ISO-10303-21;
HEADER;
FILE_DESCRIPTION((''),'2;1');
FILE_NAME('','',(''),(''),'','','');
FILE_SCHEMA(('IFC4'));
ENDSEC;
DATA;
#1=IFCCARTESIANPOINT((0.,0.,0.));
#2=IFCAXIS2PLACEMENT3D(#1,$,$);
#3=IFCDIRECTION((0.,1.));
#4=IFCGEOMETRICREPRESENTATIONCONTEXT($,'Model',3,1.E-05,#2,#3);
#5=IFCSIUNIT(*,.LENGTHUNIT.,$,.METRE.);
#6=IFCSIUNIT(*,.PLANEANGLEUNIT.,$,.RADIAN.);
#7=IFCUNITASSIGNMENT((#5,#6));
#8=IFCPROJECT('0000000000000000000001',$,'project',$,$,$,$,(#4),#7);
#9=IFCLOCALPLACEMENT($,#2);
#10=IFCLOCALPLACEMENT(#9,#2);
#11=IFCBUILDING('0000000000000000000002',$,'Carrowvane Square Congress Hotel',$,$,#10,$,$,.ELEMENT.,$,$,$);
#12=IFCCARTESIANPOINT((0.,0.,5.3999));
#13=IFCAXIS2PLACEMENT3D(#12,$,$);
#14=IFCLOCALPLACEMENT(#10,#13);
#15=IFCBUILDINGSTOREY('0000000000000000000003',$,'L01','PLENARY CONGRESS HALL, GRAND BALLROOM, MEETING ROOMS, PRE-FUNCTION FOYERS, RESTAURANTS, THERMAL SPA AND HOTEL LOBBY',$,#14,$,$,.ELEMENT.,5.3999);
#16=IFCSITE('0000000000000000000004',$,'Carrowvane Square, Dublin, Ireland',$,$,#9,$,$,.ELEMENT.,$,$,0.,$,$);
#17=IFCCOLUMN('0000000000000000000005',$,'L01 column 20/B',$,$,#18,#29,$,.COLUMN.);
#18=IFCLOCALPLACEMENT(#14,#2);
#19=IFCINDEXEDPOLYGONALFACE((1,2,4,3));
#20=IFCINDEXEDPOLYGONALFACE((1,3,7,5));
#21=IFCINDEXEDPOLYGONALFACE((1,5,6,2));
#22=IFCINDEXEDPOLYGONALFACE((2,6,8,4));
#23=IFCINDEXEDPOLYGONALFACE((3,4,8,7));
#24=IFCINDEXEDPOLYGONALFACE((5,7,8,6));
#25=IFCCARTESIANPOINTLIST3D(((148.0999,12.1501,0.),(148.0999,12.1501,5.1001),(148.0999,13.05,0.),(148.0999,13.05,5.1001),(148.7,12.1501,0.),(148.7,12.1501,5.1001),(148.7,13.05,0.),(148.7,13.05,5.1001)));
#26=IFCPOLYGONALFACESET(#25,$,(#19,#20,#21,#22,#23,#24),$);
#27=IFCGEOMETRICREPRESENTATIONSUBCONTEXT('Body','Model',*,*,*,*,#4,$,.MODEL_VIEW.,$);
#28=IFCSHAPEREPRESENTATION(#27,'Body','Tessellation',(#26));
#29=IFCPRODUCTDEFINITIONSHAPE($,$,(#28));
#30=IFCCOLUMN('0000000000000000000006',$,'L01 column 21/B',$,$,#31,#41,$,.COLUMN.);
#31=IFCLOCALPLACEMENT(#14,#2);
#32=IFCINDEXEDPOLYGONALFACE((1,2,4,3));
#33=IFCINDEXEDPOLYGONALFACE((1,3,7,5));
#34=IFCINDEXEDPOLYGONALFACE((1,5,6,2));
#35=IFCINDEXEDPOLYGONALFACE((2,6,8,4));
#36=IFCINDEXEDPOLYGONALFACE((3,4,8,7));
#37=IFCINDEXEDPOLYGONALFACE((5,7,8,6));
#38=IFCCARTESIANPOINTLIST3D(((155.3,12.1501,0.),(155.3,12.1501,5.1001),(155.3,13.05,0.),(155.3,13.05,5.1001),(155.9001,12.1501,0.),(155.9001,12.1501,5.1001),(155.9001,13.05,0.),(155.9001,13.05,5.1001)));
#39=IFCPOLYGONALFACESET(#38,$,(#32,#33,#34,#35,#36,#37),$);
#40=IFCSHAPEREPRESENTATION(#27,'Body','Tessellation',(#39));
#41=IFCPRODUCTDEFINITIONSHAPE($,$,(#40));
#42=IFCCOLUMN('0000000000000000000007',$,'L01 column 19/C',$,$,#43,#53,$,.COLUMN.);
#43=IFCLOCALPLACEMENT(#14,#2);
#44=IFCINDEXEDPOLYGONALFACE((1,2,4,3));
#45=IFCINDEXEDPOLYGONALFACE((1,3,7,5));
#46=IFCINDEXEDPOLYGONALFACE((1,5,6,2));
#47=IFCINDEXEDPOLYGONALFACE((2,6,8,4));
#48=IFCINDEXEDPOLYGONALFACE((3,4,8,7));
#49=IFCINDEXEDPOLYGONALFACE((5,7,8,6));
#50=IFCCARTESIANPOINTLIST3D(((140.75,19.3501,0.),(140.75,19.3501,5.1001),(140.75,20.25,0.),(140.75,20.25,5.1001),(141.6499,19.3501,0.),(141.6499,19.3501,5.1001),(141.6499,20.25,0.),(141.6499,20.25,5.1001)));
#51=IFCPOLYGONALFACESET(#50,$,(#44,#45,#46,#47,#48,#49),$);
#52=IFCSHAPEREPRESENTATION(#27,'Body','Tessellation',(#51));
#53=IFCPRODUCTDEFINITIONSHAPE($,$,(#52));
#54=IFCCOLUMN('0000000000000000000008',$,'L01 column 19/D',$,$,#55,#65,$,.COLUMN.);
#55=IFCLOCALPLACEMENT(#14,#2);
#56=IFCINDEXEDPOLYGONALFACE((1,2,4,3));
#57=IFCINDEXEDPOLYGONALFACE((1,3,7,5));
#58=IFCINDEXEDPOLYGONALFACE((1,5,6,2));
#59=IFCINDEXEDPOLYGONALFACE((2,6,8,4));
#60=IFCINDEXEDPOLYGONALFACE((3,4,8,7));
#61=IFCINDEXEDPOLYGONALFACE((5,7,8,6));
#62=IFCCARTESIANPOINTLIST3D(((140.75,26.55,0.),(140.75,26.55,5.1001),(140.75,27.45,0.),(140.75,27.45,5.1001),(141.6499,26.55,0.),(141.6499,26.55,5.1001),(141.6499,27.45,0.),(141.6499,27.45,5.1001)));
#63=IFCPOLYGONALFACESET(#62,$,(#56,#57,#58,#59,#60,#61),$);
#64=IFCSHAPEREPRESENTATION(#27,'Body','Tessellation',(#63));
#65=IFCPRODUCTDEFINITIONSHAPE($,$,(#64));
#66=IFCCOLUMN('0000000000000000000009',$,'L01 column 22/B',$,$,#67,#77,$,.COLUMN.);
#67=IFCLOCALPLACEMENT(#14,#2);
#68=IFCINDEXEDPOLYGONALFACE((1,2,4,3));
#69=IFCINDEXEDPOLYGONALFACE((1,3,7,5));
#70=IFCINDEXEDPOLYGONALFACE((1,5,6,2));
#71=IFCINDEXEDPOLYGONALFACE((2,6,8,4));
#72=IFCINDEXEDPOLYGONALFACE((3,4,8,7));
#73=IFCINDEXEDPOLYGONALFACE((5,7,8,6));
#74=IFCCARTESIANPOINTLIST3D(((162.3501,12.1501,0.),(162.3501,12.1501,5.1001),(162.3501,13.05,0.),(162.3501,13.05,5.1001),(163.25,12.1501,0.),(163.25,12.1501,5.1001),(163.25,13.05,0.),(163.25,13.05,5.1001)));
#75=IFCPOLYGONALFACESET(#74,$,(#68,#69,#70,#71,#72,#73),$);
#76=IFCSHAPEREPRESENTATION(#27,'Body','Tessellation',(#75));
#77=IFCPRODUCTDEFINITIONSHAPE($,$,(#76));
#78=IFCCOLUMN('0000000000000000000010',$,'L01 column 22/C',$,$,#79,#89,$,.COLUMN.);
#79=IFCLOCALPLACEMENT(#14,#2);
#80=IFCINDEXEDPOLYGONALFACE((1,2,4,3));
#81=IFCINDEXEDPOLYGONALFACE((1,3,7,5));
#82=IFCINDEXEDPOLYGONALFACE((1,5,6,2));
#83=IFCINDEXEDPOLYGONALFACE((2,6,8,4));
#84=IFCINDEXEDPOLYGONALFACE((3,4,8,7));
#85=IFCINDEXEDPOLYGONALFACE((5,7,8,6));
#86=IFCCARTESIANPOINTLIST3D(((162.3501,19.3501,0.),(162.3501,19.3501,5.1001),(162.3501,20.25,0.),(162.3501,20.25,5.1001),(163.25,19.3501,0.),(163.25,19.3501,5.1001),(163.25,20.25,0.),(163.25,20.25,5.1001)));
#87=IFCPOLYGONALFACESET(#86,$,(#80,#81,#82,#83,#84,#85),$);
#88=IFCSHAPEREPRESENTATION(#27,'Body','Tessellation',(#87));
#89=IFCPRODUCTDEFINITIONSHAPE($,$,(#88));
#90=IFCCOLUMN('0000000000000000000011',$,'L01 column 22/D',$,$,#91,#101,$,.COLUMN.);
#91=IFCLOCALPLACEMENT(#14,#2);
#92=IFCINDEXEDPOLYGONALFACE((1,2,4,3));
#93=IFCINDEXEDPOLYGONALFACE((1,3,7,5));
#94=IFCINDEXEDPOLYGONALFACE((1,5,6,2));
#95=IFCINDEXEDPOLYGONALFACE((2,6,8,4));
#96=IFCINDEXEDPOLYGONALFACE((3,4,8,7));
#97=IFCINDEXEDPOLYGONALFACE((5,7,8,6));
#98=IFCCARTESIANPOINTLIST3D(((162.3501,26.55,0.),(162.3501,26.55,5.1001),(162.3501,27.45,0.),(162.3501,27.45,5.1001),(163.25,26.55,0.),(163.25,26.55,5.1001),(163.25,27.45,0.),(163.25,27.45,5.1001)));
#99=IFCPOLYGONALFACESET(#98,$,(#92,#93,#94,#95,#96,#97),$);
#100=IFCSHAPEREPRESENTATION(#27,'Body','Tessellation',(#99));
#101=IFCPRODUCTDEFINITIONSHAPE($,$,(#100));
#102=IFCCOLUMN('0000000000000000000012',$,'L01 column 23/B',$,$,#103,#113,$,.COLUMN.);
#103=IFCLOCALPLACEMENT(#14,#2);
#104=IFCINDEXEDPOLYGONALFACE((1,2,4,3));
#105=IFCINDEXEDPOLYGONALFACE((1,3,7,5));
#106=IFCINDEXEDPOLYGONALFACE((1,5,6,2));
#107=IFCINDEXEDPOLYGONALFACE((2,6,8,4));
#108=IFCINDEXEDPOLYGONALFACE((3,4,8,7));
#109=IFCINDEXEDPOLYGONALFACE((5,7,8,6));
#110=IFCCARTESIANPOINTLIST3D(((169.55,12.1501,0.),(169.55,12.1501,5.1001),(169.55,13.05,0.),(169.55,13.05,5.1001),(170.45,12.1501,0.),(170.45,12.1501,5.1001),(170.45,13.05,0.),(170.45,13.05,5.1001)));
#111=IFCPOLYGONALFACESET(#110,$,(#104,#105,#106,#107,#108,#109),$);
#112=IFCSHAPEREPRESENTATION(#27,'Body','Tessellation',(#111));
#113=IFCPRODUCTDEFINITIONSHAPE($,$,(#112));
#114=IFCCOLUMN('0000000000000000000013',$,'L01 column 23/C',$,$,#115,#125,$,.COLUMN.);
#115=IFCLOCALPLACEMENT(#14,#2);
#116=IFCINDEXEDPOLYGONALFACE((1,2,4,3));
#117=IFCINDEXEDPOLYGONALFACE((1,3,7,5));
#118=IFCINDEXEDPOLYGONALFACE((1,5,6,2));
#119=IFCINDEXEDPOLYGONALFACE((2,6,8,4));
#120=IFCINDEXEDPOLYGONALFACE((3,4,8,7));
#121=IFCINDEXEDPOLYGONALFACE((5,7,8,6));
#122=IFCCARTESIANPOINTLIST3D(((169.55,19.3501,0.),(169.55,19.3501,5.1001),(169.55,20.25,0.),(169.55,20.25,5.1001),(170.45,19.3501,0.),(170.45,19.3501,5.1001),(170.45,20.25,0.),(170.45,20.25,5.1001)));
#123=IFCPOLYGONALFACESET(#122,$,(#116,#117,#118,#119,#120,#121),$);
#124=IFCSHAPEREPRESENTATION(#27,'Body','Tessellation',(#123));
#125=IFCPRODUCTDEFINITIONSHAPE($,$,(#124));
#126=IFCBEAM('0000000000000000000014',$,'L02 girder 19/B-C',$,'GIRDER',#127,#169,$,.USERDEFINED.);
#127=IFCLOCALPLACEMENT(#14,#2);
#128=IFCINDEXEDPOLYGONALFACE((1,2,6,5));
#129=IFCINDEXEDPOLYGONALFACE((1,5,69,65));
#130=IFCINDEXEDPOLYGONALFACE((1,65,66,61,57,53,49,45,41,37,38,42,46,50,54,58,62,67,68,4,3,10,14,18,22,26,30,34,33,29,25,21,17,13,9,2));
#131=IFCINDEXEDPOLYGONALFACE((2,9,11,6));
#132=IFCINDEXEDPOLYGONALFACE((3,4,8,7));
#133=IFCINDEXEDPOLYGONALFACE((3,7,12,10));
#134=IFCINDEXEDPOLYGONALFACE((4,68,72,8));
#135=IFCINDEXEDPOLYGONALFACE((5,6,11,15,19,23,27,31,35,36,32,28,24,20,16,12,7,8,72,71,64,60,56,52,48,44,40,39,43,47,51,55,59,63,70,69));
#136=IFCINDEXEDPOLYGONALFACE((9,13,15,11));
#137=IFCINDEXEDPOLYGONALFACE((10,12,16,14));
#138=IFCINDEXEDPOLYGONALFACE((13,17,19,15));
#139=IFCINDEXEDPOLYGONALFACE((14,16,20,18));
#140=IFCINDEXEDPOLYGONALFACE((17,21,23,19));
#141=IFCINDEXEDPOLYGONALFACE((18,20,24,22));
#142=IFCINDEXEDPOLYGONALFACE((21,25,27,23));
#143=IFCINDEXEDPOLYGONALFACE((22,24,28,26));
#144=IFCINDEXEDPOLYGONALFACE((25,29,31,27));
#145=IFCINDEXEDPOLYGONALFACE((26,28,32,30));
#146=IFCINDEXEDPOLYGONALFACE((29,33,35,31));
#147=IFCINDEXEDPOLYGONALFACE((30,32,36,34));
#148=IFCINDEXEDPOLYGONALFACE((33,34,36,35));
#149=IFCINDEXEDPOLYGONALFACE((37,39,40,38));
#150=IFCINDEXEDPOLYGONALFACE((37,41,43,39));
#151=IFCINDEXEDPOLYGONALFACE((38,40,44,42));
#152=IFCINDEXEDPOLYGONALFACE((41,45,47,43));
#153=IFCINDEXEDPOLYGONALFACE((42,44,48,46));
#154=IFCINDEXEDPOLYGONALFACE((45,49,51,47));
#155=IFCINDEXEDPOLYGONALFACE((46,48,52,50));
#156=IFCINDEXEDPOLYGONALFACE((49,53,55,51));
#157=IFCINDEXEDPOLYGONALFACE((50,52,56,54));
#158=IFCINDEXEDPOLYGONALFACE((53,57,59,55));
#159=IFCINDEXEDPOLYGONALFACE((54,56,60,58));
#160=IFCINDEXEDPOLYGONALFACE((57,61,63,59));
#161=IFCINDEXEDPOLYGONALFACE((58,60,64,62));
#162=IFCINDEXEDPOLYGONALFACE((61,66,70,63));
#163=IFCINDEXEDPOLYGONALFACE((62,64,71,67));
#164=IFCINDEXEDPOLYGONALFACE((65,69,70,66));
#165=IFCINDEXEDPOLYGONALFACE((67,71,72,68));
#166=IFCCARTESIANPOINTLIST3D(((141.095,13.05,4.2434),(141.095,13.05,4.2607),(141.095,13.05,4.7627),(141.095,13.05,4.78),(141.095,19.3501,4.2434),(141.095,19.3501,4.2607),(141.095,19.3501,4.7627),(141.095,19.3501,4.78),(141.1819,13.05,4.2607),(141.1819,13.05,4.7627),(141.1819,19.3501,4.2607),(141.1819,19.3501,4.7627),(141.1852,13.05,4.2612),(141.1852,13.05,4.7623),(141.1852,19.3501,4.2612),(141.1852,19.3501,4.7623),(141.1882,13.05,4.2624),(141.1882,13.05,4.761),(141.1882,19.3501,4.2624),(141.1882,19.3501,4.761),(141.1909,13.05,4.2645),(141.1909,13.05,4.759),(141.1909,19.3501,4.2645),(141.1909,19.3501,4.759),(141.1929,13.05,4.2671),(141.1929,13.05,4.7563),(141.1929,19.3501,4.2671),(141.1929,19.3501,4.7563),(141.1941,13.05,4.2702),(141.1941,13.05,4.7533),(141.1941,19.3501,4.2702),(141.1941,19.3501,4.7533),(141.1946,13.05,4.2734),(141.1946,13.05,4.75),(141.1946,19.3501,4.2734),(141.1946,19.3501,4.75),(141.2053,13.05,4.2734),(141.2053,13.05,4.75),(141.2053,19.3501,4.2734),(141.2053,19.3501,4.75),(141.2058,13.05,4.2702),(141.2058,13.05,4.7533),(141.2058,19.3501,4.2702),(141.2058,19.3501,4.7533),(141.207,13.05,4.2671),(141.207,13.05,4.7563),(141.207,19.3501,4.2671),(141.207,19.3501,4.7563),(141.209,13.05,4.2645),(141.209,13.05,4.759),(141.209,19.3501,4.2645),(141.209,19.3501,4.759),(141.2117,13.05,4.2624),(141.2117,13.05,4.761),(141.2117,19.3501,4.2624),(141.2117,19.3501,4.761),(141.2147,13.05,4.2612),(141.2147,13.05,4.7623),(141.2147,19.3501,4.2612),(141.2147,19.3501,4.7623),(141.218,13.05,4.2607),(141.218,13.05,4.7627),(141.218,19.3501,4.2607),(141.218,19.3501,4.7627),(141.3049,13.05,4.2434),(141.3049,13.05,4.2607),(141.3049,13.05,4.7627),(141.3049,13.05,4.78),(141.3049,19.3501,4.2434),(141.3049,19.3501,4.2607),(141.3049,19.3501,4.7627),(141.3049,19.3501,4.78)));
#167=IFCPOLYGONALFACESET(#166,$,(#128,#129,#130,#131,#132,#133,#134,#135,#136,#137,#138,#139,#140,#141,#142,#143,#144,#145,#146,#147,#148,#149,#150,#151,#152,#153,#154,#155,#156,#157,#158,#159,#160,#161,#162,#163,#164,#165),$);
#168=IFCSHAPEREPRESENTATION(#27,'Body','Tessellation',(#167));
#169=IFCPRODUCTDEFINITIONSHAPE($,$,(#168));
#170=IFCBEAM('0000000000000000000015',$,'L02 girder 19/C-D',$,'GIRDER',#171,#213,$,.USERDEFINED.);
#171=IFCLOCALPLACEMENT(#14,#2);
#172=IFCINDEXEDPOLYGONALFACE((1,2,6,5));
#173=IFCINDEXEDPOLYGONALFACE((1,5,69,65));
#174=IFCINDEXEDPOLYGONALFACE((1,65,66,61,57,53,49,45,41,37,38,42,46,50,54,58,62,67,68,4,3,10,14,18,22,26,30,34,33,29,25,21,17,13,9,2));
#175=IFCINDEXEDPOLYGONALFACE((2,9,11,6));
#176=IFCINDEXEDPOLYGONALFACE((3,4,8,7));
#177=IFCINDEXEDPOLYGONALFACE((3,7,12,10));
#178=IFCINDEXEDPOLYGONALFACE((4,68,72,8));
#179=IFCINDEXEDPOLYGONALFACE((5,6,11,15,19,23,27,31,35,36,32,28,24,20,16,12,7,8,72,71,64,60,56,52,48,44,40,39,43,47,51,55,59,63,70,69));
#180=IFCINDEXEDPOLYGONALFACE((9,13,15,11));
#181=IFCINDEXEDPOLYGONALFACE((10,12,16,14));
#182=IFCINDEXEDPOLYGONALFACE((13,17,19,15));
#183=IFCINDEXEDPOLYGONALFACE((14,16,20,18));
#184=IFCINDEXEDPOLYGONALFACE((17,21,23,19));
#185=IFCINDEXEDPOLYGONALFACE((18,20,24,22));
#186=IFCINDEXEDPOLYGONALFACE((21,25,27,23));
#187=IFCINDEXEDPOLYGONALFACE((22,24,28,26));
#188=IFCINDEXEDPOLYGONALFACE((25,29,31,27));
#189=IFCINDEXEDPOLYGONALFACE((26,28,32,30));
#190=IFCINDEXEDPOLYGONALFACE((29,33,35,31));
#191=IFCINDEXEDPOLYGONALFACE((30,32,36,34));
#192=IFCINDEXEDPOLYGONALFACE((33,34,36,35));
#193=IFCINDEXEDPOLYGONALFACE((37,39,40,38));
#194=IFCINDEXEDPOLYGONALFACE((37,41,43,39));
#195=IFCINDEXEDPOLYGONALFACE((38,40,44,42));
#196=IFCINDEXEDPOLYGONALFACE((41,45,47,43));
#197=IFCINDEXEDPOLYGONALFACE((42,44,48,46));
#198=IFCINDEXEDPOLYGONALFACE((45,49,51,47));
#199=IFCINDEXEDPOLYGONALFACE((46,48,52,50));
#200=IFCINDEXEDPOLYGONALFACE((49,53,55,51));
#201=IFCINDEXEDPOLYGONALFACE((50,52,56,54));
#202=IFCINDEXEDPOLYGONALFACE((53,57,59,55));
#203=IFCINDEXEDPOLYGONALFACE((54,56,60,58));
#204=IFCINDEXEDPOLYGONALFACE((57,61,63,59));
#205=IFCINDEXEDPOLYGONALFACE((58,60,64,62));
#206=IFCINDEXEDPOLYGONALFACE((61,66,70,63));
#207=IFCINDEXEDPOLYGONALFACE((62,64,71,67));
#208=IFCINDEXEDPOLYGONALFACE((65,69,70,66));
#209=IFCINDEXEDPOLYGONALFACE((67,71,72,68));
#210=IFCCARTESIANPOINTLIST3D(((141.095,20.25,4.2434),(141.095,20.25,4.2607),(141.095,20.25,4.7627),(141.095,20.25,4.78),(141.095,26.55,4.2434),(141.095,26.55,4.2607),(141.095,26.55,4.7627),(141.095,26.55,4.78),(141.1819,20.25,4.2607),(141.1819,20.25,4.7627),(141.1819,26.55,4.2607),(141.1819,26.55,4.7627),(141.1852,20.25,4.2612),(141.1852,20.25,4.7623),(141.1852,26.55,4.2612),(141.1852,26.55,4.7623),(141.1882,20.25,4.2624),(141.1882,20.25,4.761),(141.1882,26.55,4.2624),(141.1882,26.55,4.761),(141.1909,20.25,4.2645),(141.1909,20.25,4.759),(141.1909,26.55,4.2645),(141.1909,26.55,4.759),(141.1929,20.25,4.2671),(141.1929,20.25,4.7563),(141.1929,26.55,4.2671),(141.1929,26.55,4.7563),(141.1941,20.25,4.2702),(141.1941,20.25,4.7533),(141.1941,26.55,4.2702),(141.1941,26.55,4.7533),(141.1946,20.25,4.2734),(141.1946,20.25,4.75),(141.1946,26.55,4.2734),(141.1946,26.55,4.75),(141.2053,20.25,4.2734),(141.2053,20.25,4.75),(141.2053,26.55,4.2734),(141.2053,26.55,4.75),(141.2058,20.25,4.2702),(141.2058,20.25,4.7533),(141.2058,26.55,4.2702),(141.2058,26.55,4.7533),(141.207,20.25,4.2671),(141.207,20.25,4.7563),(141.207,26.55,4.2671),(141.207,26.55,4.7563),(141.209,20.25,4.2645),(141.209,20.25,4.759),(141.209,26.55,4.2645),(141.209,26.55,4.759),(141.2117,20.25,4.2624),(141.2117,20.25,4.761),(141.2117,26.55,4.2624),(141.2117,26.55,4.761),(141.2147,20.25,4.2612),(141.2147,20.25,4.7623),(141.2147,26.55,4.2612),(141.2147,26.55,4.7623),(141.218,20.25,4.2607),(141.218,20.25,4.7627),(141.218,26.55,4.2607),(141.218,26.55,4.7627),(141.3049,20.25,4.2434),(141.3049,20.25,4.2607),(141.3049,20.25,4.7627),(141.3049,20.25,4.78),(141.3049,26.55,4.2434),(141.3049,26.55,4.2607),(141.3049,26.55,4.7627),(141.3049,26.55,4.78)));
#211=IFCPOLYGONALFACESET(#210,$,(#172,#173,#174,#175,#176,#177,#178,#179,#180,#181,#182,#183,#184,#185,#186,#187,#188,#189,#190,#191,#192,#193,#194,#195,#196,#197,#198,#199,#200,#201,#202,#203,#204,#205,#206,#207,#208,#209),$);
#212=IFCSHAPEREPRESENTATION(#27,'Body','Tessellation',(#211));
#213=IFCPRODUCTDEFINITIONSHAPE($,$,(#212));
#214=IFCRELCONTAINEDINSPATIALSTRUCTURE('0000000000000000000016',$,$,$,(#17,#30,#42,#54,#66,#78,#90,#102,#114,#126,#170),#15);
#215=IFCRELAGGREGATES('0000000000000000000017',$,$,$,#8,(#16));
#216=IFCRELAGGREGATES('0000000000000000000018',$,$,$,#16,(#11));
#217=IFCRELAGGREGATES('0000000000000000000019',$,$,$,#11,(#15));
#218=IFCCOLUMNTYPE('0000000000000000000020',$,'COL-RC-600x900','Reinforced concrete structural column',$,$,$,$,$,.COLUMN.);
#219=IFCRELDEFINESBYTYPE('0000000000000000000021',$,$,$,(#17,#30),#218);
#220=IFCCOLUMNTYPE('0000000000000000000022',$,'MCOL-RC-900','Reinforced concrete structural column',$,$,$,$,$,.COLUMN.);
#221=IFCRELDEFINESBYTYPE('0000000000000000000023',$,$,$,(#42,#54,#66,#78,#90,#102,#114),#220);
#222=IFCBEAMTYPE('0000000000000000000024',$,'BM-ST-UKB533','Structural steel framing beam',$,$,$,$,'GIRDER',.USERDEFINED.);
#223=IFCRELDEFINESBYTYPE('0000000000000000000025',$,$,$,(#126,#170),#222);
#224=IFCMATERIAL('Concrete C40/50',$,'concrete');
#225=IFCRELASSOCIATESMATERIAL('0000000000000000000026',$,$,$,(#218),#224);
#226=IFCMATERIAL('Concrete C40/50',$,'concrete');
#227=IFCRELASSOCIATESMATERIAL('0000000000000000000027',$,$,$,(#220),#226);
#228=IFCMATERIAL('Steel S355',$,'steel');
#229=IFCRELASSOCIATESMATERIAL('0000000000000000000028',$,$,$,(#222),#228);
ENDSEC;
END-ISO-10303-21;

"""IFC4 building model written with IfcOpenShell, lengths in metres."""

from ifc_helpers import new_model, si_unit, direction, frame, origin, origin_2d, place, context, subcontext, project, spatial, rectangle, i_section, extrude, material, material_profile, profile_set, type_object, element, save


model = new_model("IFC4")

# Units and contexts
model_context = context("Model", 3, precision=1e-05, world=origin(), true_north=direction((0.0, 1.0)))
body_context = subcontext(model_context, "Body", "Model", "MODEL_VIEW")
ifc_project = project(units=[si_unit("LENGTHUNIT", "METRE"), si_unit("PLANEANGLEUNIT", "RADIAN")], contexts=[model_context])

# Site, building, storey
site_placement = place(None, origin())
site = spatial("IfcSite", under=ifc_project, at=site_placement, Name="Carrowvane Square, Dublin, Ireland", CompositionType="ELEMENT", RefElevation=0.0)
building_placement = place(site_placement, origin())
building = spatial("IfcBuilding", under=site, at=building_placement, Name="Carrowvane Square Congress Hotel", CompositionType="ELEMENT")
storey_placement = place(building_placement, frame((0.0, 0.0, 5.3999)))
storey = spatial("IfcBuildingStorey", under=building, at=storey_placement, Name="L01", Description="PLENARY CONGRESS HALL, GRAND BALLROOM, MEETING ROOMS, PRE-FUNCTION FOYERS, RESTAURANTS, THERMAL SPA AND HOTEL LOBBY", CompositionType="ELEMENT", Elevation=5.3999)

# Columns
ifc_material_1 = material(Name="Concrete C40/50", Category="concrete")
ifc_material_profile_1 = material_profile(ifc_material_1, rectangle(XDim=0.6001, YDim=0.8999, at=origin_2d()), Name="RC 600x900")
ifc_profile_set_1 = profile_set([ifc_material_profile_1], Name="Concrete C40/50")
column_type_1 = type_object("IfcColumnType", Name="COL-RC-600x900", Description="Reinforced concrete structural column", PredefinedType="COLUMN", material=ifc_profile_set_1)
for number, where, z_axis, x_axis, name in (
    (1, (148.3999, 12.6001, 0.0), (0.0, 0.0, 1.0), (1.0, 0.0, 0.0), "L01 column 20/B"),
    (2, (155.6001, 12.6001, 0.0), (0.0, 0.0, 1.0), (1.0, 0.0, 0.0), "L01 column 21/B"),
):
    element("IfcColumn", number, at=place(storey_placement, frame(where, z_axis=z_axis, x_axis=x_axis)), inside=storey, type_object=column_type_1, Name=name, PredefinedType="COLUMN", context=body_context, shape_type="SweptSolid", body=[
        extrude(rectangle(XDim=0.6001, YDim=0.8999, at=origin_2d()), origin(), (0.0, 0.0, 1.0), 5.1001),
    ])
ifc_material_2 = material(Name="Concrete C40/50", Category="concrete")
ifc_material_profile_2 = material_profile(ifc_material_2, rectangle(XDim=0.8999, YDim=0.8999, at=origin_2d()), Name="RC 900x900")
ifc_profile_set_2 = profile_set([ifc_material_profile_2], Name="Concrete C40/50")
column_type_2 = type_object("IfcColumnType", Name="MCOL-RC-900", Description="Reinforced concrete structural column", PredefinedType="COLUMN", material=ifc_profile_set_2)
for number, where, z_axis, x_axis, name in (
    (3, (141.2, 19.8, 0.0), (0.0, 0.0, 1.0), (1.0, 0.0, 0.0), "L01 column 19/C"),
    (4, (141.2, 27.0, 0.0), (0.0, 0.0, 1.0), (1.0, 0.0, 0.0), "L01 column 19/D"),
    (5, (162.8, 12.6001, 0.0), (0.0, 0.0, 1.0), (1.0, 0.0, 0.0), "L01 column 22/B"),
    (6, (162.8, 19.8, 0.0), (0.0, 0.0, 1.0), (1.0, 0.0, 0.0), "L01 column 22/C"),
    (7, (162.8, 27.0, 0.0), (0.0, 0.0, 1.0), (1.0, 0.0, 0.0), "L01 column 22/D"),
    (8, (170.0, 12.6001, 0.0), (0.0, 0.0, 1.0), (1.0, 0.0, 0.0), "L01 column 23/B"),
    (9, (170.0, 19.8, 0.0), (0.0, 0.0, 1.0), (1.0, 0.0, 0.0), "L01 column 23/C"),
):
    element("IfcColumn", number, at=place(storey_placement, frame(where, z_axis=z_axis, x_axis=x_axis)), inside=storey, type_object=column_type_2, Name=name, PredefinedType="COLUMN", context=body_context, shape_type="SweptSolid", body=[
        extrude(rectangle(XDim=0.8999, YDim=0.8999, at=origin_2d()), origin(), (0.0, 0.0, 1.0), 5.1001),
    ])

# Beams
ifc_material_3 = material(Name="Steel S355", Category="steel")
ifc_material_profile_3 = material_profile(ifc_material_3, i_section(OverallWidth=0.21, OverallDepth=0.5366, WebThickness=0.0107, FlangeThickness=0.0173, FilletRadius=0.0127, at=origin_2d()), Name="UKB 533x210x101")
ifc_profile_set_3 = profile_set([ifc_material_profile_3], Name="Steel S355")
beam_type_1 = type_object("IfcBeamType", Name="BM-ST-UKB533", Description="Structural steel framing beam", ElementType="GIRDER", PredefinedType="USERDEFINED", material=ifc_profile_set_3)
for number, where, z_axis, x_axis, name in (
    (10, (141.2, 13.05, 4.5117), (0.0, 1.0, 0.0), (-1.0, 0.0, 0.0), "L02 girder 19/B-C"),
    (11, (141.2, 20.25, 4.5117), (0.0, 1.0, 0.0), (-1.0, 0.0, 0.0), "L02 girder 19/C-D"),
):
    element("IfcBeam", number, at=place(storey_placement, frame(where, z_axis=z_axis, x_axis=x_axis)), inside=storey, type_object=beam_type_1, Name=name, ObjectType="GIRDER", PredefinedType="USERDEFINED", context=body_context, shape_type="SweptSolid", body=[
        extrude(i_section(OverallWidth=0.21, OverallDepth=0.5366, WebThickness=0.0107, FlangeThickness=0.0173, FilletRadius=0.0127, at=origin_2d()), origin(), (0.0, 0.0, 1.0), 6.3),
    ])

save(model, "model.ifc")
